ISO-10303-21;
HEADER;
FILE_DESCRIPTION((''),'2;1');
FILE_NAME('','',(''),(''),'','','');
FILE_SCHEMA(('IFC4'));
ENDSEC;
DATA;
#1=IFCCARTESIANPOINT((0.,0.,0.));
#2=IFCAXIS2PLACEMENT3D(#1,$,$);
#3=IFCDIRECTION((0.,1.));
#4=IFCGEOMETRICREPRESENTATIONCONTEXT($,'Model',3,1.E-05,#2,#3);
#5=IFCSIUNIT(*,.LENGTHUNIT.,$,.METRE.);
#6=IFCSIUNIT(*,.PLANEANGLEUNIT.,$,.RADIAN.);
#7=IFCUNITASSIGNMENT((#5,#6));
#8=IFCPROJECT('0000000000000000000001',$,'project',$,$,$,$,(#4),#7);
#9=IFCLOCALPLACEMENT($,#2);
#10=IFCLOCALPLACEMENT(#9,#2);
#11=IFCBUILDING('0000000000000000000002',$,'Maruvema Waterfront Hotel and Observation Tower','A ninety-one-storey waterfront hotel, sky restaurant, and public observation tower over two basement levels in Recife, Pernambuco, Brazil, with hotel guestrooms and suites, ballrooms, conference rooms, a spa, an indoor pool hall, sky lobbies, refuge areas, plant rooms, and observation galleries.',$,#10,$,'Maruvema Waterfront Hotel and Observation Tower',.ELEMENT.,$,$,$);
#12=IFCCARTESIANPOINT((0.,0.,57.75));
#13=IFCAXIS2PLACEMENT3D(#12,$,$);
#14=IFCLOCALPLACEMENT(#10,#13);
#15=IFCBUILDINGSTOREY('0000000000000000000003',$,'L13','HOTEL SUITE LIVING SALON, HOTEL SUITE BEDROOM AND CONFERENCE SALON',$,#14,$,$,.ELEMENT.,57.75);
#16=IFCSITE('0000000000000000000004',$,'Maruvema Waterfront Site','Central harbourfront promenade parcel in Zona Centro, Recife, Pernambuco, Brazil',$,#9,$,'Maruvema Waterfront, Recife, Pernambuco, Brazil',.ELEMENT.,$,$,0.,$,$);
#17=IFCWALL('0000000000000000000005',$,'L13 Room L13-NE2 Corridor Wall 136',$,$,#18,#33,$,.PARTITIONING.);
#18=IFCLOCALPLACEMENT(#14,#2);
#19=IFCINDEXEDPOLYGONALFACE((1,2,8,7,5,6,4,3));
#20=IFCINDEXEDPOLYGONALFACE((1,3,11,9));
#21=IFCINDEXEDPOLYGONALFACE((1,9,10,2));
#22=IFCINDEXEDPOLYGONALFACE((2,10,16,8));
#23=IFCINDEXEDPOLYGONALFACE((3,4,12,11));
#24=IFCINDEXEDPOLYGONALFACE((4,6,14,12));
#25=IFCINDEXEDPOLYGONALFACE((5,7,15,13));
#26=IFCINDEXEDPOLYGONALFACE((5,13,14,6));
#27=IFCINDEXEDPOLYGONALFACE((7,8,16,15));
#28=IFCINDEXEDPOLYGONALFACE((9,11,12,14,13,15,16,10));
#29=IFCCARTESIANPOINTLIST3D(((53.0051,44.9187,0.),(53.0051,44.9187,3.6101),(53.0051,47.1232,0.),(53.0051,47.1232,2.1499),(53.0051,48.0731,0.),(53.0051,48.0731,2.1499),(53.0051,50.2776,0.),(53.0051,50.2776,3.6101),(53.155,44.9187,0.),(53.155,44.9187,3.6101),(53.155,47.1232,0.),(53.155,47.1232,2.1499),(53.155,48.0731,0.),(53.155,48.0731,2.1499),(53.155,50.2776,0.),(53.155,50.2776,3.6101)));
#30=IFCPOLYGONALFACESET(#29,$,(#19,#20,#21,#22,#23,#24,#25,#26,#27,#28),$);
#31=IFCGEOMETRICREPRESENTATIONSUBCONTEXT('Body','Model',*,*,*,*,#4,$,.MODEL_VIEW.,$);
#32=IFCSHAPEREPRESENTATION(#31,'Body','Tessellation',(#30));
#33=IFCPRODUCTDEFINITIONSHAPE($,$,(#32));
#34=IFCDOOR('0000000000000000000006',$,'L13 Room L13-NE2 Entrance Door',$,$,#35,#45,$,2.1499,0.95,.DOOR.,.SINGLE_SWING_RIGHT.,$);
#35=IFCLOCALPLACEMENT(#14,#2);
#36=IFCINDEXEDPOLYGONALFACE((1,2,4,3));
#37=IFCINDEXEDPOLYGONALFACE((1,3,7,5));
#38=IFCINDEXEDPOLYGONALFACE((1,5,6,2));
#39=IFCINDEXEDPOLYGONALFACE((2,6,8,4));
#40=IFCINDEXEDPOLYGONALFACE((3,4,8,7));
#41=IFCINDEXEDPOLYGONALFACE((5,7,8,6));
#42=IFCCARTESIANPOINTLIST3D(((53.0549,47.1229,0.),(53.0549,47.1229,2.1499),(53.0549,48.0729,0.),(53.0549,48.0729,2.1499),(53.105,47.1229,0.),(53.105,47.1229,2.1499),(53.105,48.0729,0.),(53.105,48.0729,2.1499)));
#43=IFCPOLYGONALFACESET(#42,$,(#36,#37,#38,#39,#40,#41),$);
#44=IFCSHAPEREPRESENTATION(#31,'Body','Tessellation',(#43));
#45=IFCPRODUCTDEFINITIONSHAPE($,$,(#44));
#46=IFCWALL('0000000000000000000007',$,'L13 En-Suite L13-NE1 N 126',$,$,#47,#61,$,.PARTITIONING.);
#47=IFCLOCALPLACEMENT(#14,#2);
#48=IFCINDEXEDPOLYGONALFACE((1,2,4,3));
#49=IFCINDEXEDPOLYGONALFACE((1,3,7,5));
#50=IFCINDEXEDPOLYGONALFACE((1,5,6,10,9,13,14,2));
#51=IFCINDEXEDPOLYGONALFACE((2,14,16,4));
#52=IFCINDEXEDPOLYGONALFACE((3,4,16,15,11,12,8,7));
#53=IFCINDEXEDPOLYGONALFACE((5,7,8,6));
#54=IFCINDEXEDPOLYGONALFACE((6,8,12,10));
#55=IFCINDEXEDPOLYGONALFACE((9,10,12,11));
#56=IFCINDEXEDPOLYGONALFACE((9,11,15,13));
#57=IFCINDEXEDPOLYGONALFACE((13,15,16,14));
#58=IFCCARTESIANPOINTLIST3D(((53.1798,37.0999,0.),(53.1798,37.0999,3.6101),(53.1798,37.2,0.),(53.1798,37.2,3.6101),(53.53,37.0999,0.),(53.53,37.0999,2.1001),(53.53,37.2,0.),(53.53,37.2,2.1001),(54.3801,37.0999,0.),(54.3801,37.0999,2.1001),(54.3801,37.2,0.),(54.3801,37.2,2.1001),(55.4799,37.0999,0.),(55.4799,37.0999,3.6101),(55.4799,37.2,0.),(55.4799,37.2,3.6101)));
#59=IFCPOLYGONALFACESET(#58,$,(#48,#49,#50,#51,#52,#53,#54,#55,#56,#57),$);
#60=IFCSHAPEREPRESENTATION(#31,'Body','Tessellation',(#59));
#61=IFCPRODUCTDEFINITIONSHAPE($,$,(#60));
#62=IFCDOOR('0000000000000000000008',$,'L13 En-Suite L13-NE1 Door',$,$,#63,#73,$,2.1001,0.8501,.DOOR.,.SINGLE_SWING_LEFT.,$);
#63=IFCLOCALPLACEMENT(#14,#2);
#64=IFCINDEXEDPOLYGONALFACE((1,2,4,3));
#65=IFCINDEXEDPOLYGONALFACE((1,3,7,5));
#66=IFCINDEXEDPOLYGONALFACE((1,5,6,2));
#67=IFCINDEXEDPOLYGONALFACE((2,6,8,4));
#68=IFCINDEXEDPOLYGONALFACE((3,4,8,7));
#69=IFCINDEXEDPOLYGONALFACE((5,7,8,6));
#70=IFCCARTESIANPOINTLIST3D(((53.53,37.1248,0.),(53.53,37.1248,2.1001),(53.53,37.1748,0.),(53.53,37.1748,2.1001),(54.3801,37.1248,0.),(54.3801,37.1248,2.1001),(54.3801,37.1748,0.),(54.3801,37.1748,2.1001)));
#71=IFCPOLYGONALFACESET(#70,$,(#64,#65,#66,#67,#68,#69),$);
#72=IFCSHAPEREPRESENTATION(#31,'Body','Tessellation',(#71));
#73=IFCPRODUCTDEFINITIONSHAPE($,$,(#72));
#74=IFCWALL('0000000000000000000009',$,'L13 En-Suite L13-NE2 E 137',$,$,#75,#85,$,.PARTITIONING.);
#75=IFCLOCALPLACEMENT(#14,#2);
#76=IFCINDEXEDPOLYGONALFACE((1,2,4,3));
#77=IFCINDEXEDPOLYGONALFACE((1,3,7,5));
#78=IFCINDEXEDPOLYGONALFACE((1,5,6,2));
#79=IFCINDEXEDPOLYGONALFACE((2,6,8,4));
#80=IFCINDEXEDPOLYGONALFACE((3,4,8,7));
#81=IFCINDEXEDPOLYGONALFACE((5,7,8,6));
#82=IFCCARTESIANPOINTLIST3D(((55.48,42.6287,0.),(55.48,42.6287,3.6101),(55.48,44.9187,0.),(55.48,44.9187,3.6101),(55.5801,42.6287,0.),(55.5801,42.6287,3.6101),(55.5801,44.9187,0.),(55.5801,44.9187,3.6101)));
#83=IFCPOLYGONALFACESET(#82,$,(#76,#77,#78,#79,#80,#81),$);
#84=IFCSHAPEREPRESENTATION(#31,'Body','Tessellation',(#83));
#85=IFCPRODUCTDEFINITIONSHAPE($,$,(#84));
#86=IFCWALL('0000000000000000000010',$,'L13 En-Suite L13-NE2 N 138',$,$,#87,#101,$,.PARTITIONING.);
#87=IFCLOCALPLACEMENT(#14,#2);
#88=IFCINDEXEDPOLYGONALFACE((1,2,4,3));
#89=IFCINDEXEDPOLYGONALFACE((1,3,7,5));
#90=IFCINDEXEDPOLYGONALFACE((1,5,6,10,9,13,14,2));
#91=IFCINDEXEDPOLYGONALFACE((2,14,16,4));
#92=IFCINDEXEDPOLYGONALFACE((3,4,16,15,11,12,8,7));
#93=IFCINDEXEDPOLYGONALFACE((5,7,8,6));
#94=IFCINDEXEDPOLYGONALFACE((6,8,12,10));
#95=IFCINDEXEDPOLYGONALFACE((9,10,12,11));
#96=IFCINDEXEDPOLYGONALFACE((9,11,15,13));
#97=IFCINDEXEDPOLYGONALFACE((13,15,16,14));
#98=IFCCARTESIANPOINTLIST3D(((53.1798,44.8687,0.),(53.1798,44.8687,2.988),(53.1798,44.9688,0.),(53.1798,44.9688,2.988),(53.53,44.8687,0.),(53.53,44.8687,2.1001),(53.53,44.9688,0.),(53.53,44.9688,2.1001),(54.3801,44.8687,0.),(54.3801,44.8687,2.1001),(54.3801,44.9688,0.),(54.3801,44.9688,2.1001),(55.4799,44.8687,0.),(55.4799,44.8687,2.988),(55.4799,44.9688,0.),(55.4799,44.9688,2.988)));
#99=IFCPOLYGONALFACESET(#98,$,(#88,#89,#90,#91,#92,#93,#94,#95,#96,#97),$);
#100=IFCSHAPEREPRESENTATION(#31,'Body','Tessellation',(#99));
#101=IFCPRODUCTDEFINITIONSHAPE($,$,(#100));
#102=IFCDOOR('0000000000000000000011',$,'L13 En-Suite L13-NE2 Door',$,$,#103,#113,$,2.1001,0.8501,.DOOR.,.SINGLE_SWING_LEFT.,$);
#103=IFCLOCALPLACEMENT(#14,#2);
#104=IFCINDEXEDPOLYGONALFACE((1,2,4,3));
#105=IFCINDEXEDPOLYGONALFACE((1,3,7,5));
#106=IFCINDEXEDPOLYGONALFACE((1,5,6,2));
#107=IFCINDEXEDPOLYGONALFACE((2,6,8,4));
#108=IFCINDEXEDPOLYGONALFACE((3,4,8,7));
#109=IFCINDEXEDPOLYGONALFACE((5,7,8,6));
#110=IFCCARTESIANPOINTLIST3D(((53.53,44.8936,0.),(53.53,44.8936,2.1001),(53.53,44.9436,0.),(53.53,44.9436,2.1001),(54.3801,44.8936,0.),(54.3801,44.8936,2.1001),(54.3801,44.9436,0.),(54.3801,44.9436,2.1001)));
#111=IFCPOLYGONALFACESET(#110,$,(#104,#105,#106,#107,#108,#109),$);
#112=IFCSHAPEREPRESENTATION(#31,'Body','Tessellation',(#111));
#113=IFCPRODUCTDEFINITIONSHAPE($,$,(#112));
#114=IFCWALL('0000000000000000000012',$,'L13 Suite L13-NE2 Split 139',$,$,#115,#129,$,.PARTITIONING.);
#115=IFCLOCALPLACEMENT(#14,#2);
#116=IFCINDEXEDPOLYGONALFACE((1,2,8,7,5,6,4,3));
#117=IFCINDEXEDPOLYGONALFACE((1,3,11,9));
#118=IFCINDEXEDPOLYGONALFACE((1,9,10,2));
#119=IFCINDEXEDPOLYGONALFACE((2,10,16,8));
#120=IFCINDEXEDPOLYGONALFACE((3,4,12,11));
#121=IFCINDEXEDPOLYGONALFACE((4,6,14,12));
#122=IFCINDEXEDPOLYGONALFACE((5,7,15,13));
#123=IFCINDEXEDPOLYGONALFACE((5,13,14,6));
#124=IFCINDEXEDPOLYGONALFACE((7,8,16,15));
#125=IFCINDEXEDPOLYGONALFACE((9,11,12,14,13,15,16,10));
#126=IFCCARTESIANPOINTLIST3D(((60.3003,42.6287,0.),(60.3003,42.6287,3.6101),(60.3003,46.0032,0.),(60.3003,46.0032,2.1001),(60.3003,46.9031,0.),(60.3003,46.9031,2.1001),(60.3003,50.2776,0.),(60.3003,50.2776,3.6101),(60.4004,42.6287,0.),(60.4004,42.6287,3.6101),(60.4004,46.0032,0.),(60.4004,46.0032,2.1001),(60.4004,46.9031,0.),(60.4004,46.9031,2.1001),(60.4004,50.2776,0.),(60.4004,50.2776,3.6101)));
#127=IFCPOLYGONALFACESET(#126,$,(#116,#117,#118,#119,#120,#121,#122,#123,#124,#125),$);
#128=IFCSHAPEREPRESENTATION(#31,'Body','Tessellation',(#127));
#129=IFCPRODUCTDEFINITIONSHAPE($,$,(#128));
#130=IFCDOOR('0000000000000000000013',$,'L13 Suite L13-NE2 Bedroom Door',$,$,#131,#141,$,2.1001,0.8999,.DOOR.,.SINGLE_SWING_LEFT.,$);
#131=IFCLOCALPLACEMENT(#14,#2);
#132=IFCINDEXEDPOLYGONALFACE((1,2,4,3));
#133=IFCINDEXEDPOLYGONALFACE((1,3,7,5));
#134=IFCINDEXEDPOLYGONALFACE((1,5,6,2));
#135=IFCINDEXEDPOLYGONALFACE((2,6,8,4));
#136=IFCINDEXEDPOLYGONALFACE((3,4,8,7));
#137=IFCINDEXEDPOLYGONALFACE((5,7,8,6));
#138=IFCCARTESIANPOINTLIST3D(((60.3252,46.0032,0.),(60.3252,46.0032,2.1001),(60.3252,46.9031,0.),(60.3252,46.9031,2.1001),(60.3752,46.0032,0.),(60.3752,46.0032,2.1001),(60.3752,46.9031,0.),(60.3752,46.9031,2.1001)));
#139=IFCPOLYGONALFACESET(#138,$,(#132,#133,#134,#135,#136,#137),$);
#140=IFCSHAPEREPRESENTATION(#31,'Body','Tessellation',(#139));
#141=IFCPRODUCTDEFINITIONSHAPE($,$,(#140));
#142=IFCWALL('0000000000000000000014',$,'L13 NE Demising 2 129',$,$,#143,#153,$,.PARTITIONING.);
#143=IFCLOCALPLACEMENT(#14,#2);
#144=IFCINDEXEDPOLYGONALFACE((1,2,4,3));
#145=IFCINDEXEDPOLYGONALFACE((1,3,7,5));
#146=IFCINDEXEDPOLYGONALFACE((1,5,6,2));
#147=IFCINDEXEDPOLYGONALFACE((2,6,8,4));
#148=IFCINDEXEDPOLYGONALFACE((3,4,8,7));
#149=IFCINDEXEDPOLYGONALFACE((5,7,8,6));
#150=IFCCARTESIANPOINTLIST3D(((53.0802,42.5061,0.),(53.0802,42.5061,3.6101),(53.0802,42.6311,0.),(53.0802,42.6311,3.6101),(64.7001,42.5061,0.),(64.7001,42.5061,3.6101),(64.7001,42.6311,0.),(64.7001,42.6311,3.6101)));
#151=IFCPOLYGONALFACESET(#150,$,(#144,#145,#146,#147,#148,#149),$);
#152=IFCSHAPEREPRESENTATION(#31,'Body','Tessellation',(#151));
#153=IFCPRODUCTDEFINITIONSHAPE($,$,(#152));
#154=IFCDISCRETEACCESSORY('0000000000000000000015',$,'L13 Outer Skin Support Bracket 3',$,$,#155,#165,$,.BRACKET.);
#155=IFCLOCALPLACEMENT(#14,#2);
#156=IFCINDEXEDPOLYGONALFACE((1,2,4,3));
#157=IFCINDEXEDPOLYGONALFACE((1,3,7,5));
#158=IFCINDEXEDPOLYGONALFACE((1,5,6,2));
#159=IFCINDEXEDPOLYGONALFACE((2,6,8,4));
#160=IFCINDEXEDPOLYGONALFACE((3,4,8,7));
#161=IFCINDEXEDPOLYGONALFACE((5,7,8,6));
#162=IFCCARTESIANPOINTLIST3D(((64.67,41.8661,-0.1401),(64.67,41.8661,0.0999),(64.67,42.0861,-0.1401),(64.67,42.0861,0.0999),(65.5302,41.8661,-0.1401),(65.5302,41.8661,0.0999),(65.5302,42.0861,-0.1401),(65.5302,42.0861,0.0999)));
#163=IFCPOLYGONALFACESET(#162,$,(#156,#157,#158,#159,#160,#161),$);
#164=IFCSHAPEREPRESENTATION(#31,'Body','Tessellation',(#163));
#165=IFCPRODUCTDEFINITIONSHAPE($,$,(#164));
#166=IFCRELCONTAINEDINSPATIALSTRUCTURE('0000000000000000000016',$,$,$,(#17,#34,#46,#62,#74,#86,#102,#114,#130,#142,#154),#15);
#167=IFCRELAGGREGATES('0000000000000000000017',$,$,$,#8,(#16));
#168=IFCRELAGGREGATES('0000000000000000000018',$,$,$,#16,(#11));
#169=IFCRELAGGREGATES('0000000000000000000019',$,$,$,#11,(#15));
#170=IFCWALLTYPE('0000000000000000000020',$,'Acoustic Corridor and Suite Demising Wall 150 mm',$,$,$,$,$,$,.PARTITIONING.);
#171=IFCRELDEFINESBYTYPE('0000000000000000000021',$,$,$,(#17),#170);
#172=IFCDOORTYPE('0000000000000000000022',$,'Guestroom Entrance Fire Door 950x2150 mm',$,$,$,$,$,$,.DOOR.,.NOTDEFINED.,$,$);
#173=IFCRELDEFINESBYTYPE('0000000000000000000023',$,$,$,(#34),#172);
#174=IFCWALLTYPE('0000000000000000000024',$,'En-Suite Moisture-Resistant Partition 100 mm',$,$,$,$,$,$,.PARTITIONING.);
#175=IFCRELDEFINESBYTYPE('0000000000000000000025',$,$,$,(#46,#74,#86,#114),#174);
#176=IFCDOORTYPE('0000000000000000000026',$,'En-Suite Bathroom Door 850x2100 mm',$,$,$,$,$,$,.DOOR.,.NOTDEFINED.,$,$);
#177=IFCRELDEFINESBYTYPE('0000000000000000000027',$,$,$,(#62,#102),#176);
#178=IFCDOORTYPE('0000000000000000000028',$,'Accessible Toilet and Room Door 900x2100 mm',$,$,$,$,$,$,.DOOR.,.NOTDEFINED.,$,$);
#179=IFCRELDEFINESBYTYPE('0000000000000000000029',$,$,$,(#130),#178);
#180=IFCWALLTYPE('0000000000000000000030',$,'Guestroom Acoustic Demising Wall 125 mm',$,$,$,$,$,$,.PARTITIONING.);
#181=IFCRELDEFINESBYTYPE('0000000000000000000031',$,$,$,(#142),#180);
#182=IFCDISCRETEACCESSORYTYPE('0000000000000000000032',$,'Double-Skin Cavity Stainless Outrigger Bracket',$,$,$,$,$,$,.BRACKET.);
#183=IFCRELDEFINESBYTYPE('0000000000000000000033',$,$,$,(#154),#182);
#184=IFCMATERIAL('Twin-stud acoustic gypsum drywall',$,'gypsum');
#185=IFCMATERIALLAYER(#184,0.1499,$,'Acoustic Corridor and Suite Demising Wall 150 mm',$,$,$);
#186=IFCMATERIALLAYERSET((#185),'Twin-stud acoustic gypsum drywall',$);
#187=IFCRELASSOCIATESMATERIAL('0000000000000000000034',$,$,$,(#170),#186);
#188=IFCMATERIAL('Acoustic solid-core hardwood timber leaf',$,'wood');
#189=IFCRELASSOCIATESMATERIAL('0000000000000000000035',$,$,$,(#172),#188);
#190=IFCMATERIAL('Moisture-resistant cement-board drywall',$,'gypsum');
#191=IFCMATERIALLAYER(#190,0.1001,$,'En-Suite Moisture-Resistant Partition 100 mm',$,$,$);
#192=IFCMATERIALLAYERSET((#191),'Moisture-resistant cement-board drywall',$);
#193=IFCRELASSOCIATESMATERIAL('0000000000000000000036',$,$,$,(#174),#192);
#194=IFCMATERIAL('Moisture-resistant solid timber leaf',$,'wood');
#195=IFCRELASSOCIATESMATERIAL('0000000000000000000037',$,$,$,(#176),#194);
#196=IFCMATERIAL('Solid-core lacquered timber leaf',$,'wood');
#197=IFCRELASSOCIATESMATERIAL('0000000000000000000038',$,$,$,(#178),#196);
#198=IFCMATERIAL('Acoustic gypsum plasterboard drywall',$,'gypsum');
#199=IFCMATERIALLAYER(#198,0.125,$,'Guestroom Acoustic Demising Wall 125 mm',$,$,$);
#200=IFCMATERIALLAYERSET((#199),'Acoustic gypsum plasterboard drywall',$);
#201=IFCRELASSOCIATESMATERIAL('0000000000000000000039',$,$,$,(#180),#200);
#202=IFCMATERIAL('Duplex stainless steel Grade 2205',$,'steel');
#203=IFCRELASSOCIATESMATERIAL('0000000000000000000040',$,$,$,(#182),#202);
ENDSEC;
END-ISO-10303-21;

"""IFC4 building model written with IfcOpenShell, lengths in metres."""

from ifc_helpers import new_model, si_unit, direction, frame, frame_2d, origin, origin_2d, place, context, subcontext, project, spatial, rectangle, extrude, material, layer, layer_set, type_object, element, fill, save


model = new_model("IFC4")

# Units and contexts
model_context = context("Model", 3, precision=1e-05, world=origin(), true_north=direction((0.0, 1.0)))
body_context = subcontext(model_context, "Body", "Model", "MODEL_VIEW")
ifc_project = project(units=[si_unit("LENGTHUNIT", "METRE"), si_unit("PLANEANGLEUNIT", "RADIAN")], contexts=[model_context])

# Site, building, storey
site_placement = place(None, origin())
site = spatial("IfcSite", under=ifc_project, at=site_placement, Name="Maruvema Waterfront Site", Description="Central harbourfront promenade parcel in Zona Centro, Recife, Pernambuco, Brazil", LongName="Maruvema Waterfront, Recife, Pernambuco, Brazil", CompositionType="ELEMENT", RefElevation=0.0)
building_placement = place(site_placement, origin())
building = spatial("IfcBuilding", under=site, at=building_placement, Name="Maruvema Waterfront Hotel and Observation Tower", Description="A ninety-one-storey waterfront hotel, sky restaurant, and public observation tower over two basement levels in Recife, Pernambuco, Brazil, with hotel guestrooms and suites, ballrooms, conference rooms, a spa, an indoor pool hall, sky lobbies, refuge areas, plant rooms, and observation galleries.", LongName="Maruvema Waterfront Hotel and Observation Tower", CompositionType="ELEMENT")
storey_placement = place(building_placement, frame((0.0, 0.0, 57.75)))
storey = spatial("IfcBuildingStorey", under=building, at=storey_placement, Name="L13", Description="HOTEL SUITE LIVING SALON, HOTEL SUITE BEDROOM AND CONFERENCE SALON", CompositionType="ELEMENT", Elevation=57.75)

# Shared definitions
ifc_material_1 = material(Name="Twin-stud acoustic gypsum drywall", Category="gypsum")
ifc_layer_1 = layer(ifc_material_1, 0.1499, Name="Acoustic Corridor and Suite Demising Wall 150 mm")
ifc_layer_set_1 = layer_set([ifc_layer_1], Name="Twin-stud acoustic gypsum drywall")
wall_type_1 = type_object("IfcWallType", Name="Acoustic Corridor and Suite Demising Wall 150 mm", PredefinedType="PARTITIONING", material=ifc_layer_set_1)
ifc_material_2 = material(Name="Acoustic solid-core hardwood timber leaf", Category="wood")
door_type_1 = type_object("IfcDoorType", Name="Guestroom Entrance Fire Door 950x2150 mm", OperationType="NOTDEFINED", PredefinedType="DOOR", material=ifc_material_2)

# Walls, openings, doors
wall_1_placement = place(storey_placement, frame((53.0801, 44.9187, 0.0), z_axis=(0.0, 0.0, 1.0), x_axis=(0.0, 1.0, 0.0)))
wall_1 = element("IfcWall", 1, at=wall_1_placement, inside=storey, type_object=wall_type_1, Name="L13 Room L13-NE2 Corridor Wall 136", PredefinedType="PARTITIONING", context=body_context, shape_type="SweptSolid", body=[
    extrude(rectangle(XDim=5.3589, YDim=0.1499, at=frame_2d((2.6794, 0.0))), origin(), (0.0, 0.0, 1.0), 3.6101),
])
opening_1_placement = place(wall_1_placement, frame((2.2043, 0.0, 0.0)))
opening_1 = element("IfcOpeningElement", 2, at=opening_1_placement, cuts=wall_1, PredefinedType="OPENING", context=body_context, shape_type="SweptSolid", body=[
    extrude(rectangle(XDim=0.95, YDim=2.1499, at=frame_2d((0.4751, 1.075))), frame((0.0, 0.085, 0.0), z_axis=(0.0, -1.0, 0.0), x_axis=(1.0, 0.0, 0.0)), (0.0, 0.0, 1.0), 0.1699),
])
door_1_placement = place(opening_1_placement, frame((0.95, 0.0, 0.0), z_axis=(0.0, 0.0, 1.0), x_axis=(-1.0, 0.0, 0.0)))
door_1 = element("IfcDoor", 3, at=door_1_placement, inside=storey, type_object=door_type_1, Name="L13 Room L13-NE2 Entrance Door", OperationType="SINGLE_SWING_RIGHT", OverallHeight=2.1499, OverallWidth=0.95, PredefinedType="DOOR", context=body_context, shape_type="SweptSolid", body=[
    extrude(rectangle(XDim=0.95, YDim=2.1499, at=frame_2d((0.4751, 1.075))), frame((0.0, 0.0249, 0.0), z_axis=(0.0, -1.0, 0.0), x_axis=(1.0, 0.0, 0.0)), (0.0, 0.0, 1.0), 0.05),
])
fill(opening_1, door_1)
ifc_material_3 = material(Name="Moisture-resistant cement-board drywall", Category="gypsum")
ifc_layer_2 = layer(ifc_material_3, 0.1001, Name="En-Suite Moisture-Resistant Partition 100 mm")
ifc_layer_set_2 = layer_set([ifc_layer_2], Name="Moisture-resistant cement-board drywall")
wall_type_2 = type_object("IfcWallType", Name="En-Suite Moisture-Resistant Partition 100 mm", PredefinedType="PARTITIONING", material=ifc_layer_set_2)
wall_2_placement = place(storey_placement, frame((53.1799, 37.1499, 0.0), z_axis=(0.0, 0.0, 1.0), x_axis=(1.0, 0.0, 0.0)))
wall_2 = element("IfcWall", 4, at=wall_2_placement, inside=storey, type_object=wall_type_2, Name="L13 En-Suite L13-NE1 N 126", PredefinedType="PARTITIONING", context=body_context, shape_type="SweptSolid", body=[
    extrude(rectangle(XDim=2.3, YDim=0.1001, at=frame_2d((1.1499, 0.0))), origin(), (0.0, 0.0, 1.0), 3.6101),
])
opening_2_placement = place(wall_2_placement, frame((0.3501, 0.0, 0.0)))
opening_2 = element("IfcOpeningElement", 5, at=opening_2_placement, cuts=wall_2, PredefinedType="OPENING", context=body_context, shape_type="SweptSolid", body=[
    extrude(rectangle(XDim=0.8501, YDim=2.1001, at=frame_2d((0.425, 1.05))), frame((0.0, 0.0601, 0.0), z_axis=(0.0, -1.0, 0.0), x_axis=(1.0, 0.0, 0.0)), (0.0, 0.0, 1.0), 0.1201),
])
ifc_material_4 = material(Name="Moisture-resistant solid timber leaf", Category="wood")
door_type_2 = type_object("IfcDoorType", Name="En-Suite Bathroom Door 850x2100 mm", OperationType="NOTDEFINED", PredefinedType="DOOR", material=ifc_material_4)
door_2_placement = place(opening_2_placement, origin())
door_2 = element("IfcDoor", 6, at=door_2_placement, inside=storey, type_object=door_type_2, Name="L13 En-Suite L13-NE1 Door", OperationType="SINGLE_SWING_LEFT", OverallHeight=2.1001, OverallWidth=0.8501, PredefinedType="DOOR", context=body_context, shape_type="SweptSolid", body=[
    extrude(rectangle(XDim=0.8501, YDim=2.1001, at=frame_2d((0.425, 1.05))), frame((0.0, 0.0249, 0.0), z_axis=(0.0, -1.0, 0.0), x_axis=(1.0, 0.0, 0.0)), (0.0, 0.0, 1.0), 0.05),
])
fill(opening_2, door_2)

# Wall
wall_3_placement = place(storey_placement, frame((55.53, 42.6287, 0.0), z_axis=(0.0, 0.0, 1.0), x_axis=(0.0, 1.0, 0.0)))
element("IfcWall", 7, at=wall_3_placement, inside=storey, type_object=wall_type_2, Name="L13 En-Suite L13-NE2 E 137", PredefinedType="PARTITIONING", context=body_context, shape_type="SweptSolid", body=[
    extrude(rectangle(XDim=2.29, YDim=0.1001, at=frame_2d((1.145, 0.0))), origin(), (0.0, 0.0, 1.0), 3.6101),
])

# Walls, openings, doors
wall_4_placement = place(storey_placement, frame((53.1799, 44.9187, 0.0), z_axis=(0.0, 0.0, 1.0), x_axis=(1.0, 0.0, 0.0)))
wall_4 = element("IfcWall", 8, at=wall_4_placement, inside=storey, type_object=wall_type_2, Name="L13 En-Suite L13-NE2 N 138", PredefinedType="PARTITIONING", context=body_context, shape_type="SweptSolid", body=[
    extrude(rectangle(XDim=2.3, YDim=0.1001, at=frame_2d((1.1499, 0.0))), origin(), (0.0, 0.0, 1.0), 2.988),
])
opening_3_placement = place(wall_4_placement, frame((0.3501, 0.0, 0.0)))
opening_3 = element("IfcOpeningElement", 9, at=opening_3_placement, cuts=wall_4, PredefinedType="OPENING", context=body_context, shape_type="SweptSolid", body=[
    extrude(rectangle(XDim=0.8501, YDim=2.1001, at=frame_2d((0.425, 1.05))), frame((0.0, 0.0601, 0.0), z_axis=(0.0, -1.0, 0.0), x_axis=(1.0, 0.0, 0.0)), (0.0, 0.0, 1.0), 0.1201),
])
door_3_placement = place(opening_3_placement, origin())
door_3 = element("IfcDoor", 10, at=door_3_placement, inside=storey, type_object=door_type_2, Name="L13 En-Suite L13-NE2 Door", OperationType="SINGLE_SWING_LEFT", OverallHeight=2.1001, OverallWidth=0.8501, PredefinedType="DOOR", context=body_context, shape_type="SweptSolid", body=[
    extrude(rectangle(XDim=0.8501, YDim=2.1001, at=frame_2d((0.425, 1.05))), frame((0.0, 0.0249, 0.0), z_axis=(0.0, -1.0, 0.0), x_axis=(1.0, 0.0, 0.0)), (0.0, 0.0, 1.0), 0.05),
])
fill(opening_3, door_3)
wall_5_placement = place(storey_placement, frame((60.3503, 42.6287, 0.0), z_axis=(0.0, 0.0, 1.0), x_axis=(0.0, 1.0, 0.0)))
wall_5 = element("IfcWall", 11, at=wall_5_placement, inside=storey, type_object=wall_type_2, Name="L13 Suite L13-NE2 Split 139", PredefinedType="PARTITIONING", context=body_context, shape_type="SweptSolid", body=[
    extrude(rectangle(XDim=7.6489, YDim=0.1001, at=frame_2d((3.8245, 0.0))), origin(), (0.0, 0.0, 1.0), 3.6101),
])
opening_4_placement = place(wall_5_placement, frame((3.3745, 0.0, 0.0)))
opening_4 = element("IfcOpeningElement", 12, at=opening_4_placement, cuts=wall_5, PredefinedType="OPENING", context=body_context, shape_type="SweptSolid", body=[
    extrude(rectangle(XDim=0.8999, YDim=2.1001, at=frame_2d((0.45, 1.05))), frame((0.0, 0.0601, 0.0), z_axis=(0.0, -1.0, 0.0), x_axis=(1.0, 0.0, 0.0)), (0.0, 0.0, 1.0), 0.1201),
])
ifc_material_5 = material(Name="Solid-core lacquered timber leaf", Category="wood")
door_type_3 = type_object("IfcDoorType", Name="Accessible Toilet and Room Door 900x2100 mm", OperationType="NOTDEFINED", PredefinedType="DOOR", material=ifc_material_5)
door_4_placement = place(opening_4_placement, frame((0.8999, 0.0, 0.0), z_axis=(0.0, 0.0, 1.0), x_axis=(-1.0, 0.0, 0.0)))
door_4 = element("IfcDoor", 13, at=door_4_placement, inside=storey, type_object=door_type_3, Name="L13 Suite L13-NE2 Bedroom Door", OperationType="SINGLE_SWING_LEFT", OverallHeight=2.1001, OverallWidth=0.8999, PredefinedType="DOOR", context=body_context, shape_type="SweptSolid", body=[
    extrude(rectangle(XDim=0.8999, YDim=2.1001, at=frame_2d((0.45, 1.05))), frame((0.0, 0.0249, 0.0), z_axis=(0.0, -1.0, 0.0), x_axis=(1.0, 0.0, 0.0)), (0.0, 0.0, 1.0), 0.05),
])
fill(opening_4, door_4)

# Wall
ifc_material_6 = material(Name="Acoustic gypsum plasterboard drywall", Category="gypsum")
ifc_layer_3 = layer(ifc_material_6, 0.125, Name="Guestroom Acoustic Demising Wall 125 mm")
ifc_layer_set_3 = layer_set([ifc_layer_3], Name="Acoustic gypsum plasterboard drywall")
wall_type_3 = type_object("IfcWallType", Name="Guestroom Acoustic Demising Wall 125 mm", PredefinedType="PARTITIONING", material=ifc_layer_set_3)
wall_6_placement = place(storey_placement, frame((53.0801, 42.5686, 0.0), z_axis=(0.0, 0.0, 1.0), x_axis=(1.0, 0.0, 0.0)))
element("IfcWall", 14, at=wall_6_placement, inside=storey, type_object=wall_type_3, Name="L13 NE Demising 2 129", PredefinedType="PARTITIONING", context=body_context, shape_type="SweptSolid", body=[
    extrude(rectangle(XDim=11.6199, YDim=0.125, at=frame_2d((5.8101, 0.0))), origin(), (0.0, 0.0, 1.0), 3.6101),
])

# Discrete accessory
ifc_material_7 = material(Name="Duplex stainless steel Grade 2205", Category="steel")
discrete_accessory_type = type_object("IfcDiscreteAccessoryType", Name="Double-Skin Cavity Stainless Outrigger Bracket", PredefinedType="BRACKET", material=ifc_material_7)
discrete_accessory_placement = place(storey_placement, frame((65.1001, 41.9761, -0.1401), z_axis=(0.0, 0.0, 1.0), x_axis=(0.0, 1.0, 0.0)))
element("IfcDiscreteAccessory", 15, at=discrete_accessory_placement, inside=storey, type_object=discrete_accessory_type, Name="L13 Outer Skin Support Bracket 3", PredefinedType="BRACKET", context=body_context, shape_type="SweptSolid", body=[
    extrude(rectangle(XDim=0.22, YDim=0.8601, at=origin_2d()), origin(), (0.0, 0.0, 1.0), 0.24),
])

save(model, "model.ifc")
